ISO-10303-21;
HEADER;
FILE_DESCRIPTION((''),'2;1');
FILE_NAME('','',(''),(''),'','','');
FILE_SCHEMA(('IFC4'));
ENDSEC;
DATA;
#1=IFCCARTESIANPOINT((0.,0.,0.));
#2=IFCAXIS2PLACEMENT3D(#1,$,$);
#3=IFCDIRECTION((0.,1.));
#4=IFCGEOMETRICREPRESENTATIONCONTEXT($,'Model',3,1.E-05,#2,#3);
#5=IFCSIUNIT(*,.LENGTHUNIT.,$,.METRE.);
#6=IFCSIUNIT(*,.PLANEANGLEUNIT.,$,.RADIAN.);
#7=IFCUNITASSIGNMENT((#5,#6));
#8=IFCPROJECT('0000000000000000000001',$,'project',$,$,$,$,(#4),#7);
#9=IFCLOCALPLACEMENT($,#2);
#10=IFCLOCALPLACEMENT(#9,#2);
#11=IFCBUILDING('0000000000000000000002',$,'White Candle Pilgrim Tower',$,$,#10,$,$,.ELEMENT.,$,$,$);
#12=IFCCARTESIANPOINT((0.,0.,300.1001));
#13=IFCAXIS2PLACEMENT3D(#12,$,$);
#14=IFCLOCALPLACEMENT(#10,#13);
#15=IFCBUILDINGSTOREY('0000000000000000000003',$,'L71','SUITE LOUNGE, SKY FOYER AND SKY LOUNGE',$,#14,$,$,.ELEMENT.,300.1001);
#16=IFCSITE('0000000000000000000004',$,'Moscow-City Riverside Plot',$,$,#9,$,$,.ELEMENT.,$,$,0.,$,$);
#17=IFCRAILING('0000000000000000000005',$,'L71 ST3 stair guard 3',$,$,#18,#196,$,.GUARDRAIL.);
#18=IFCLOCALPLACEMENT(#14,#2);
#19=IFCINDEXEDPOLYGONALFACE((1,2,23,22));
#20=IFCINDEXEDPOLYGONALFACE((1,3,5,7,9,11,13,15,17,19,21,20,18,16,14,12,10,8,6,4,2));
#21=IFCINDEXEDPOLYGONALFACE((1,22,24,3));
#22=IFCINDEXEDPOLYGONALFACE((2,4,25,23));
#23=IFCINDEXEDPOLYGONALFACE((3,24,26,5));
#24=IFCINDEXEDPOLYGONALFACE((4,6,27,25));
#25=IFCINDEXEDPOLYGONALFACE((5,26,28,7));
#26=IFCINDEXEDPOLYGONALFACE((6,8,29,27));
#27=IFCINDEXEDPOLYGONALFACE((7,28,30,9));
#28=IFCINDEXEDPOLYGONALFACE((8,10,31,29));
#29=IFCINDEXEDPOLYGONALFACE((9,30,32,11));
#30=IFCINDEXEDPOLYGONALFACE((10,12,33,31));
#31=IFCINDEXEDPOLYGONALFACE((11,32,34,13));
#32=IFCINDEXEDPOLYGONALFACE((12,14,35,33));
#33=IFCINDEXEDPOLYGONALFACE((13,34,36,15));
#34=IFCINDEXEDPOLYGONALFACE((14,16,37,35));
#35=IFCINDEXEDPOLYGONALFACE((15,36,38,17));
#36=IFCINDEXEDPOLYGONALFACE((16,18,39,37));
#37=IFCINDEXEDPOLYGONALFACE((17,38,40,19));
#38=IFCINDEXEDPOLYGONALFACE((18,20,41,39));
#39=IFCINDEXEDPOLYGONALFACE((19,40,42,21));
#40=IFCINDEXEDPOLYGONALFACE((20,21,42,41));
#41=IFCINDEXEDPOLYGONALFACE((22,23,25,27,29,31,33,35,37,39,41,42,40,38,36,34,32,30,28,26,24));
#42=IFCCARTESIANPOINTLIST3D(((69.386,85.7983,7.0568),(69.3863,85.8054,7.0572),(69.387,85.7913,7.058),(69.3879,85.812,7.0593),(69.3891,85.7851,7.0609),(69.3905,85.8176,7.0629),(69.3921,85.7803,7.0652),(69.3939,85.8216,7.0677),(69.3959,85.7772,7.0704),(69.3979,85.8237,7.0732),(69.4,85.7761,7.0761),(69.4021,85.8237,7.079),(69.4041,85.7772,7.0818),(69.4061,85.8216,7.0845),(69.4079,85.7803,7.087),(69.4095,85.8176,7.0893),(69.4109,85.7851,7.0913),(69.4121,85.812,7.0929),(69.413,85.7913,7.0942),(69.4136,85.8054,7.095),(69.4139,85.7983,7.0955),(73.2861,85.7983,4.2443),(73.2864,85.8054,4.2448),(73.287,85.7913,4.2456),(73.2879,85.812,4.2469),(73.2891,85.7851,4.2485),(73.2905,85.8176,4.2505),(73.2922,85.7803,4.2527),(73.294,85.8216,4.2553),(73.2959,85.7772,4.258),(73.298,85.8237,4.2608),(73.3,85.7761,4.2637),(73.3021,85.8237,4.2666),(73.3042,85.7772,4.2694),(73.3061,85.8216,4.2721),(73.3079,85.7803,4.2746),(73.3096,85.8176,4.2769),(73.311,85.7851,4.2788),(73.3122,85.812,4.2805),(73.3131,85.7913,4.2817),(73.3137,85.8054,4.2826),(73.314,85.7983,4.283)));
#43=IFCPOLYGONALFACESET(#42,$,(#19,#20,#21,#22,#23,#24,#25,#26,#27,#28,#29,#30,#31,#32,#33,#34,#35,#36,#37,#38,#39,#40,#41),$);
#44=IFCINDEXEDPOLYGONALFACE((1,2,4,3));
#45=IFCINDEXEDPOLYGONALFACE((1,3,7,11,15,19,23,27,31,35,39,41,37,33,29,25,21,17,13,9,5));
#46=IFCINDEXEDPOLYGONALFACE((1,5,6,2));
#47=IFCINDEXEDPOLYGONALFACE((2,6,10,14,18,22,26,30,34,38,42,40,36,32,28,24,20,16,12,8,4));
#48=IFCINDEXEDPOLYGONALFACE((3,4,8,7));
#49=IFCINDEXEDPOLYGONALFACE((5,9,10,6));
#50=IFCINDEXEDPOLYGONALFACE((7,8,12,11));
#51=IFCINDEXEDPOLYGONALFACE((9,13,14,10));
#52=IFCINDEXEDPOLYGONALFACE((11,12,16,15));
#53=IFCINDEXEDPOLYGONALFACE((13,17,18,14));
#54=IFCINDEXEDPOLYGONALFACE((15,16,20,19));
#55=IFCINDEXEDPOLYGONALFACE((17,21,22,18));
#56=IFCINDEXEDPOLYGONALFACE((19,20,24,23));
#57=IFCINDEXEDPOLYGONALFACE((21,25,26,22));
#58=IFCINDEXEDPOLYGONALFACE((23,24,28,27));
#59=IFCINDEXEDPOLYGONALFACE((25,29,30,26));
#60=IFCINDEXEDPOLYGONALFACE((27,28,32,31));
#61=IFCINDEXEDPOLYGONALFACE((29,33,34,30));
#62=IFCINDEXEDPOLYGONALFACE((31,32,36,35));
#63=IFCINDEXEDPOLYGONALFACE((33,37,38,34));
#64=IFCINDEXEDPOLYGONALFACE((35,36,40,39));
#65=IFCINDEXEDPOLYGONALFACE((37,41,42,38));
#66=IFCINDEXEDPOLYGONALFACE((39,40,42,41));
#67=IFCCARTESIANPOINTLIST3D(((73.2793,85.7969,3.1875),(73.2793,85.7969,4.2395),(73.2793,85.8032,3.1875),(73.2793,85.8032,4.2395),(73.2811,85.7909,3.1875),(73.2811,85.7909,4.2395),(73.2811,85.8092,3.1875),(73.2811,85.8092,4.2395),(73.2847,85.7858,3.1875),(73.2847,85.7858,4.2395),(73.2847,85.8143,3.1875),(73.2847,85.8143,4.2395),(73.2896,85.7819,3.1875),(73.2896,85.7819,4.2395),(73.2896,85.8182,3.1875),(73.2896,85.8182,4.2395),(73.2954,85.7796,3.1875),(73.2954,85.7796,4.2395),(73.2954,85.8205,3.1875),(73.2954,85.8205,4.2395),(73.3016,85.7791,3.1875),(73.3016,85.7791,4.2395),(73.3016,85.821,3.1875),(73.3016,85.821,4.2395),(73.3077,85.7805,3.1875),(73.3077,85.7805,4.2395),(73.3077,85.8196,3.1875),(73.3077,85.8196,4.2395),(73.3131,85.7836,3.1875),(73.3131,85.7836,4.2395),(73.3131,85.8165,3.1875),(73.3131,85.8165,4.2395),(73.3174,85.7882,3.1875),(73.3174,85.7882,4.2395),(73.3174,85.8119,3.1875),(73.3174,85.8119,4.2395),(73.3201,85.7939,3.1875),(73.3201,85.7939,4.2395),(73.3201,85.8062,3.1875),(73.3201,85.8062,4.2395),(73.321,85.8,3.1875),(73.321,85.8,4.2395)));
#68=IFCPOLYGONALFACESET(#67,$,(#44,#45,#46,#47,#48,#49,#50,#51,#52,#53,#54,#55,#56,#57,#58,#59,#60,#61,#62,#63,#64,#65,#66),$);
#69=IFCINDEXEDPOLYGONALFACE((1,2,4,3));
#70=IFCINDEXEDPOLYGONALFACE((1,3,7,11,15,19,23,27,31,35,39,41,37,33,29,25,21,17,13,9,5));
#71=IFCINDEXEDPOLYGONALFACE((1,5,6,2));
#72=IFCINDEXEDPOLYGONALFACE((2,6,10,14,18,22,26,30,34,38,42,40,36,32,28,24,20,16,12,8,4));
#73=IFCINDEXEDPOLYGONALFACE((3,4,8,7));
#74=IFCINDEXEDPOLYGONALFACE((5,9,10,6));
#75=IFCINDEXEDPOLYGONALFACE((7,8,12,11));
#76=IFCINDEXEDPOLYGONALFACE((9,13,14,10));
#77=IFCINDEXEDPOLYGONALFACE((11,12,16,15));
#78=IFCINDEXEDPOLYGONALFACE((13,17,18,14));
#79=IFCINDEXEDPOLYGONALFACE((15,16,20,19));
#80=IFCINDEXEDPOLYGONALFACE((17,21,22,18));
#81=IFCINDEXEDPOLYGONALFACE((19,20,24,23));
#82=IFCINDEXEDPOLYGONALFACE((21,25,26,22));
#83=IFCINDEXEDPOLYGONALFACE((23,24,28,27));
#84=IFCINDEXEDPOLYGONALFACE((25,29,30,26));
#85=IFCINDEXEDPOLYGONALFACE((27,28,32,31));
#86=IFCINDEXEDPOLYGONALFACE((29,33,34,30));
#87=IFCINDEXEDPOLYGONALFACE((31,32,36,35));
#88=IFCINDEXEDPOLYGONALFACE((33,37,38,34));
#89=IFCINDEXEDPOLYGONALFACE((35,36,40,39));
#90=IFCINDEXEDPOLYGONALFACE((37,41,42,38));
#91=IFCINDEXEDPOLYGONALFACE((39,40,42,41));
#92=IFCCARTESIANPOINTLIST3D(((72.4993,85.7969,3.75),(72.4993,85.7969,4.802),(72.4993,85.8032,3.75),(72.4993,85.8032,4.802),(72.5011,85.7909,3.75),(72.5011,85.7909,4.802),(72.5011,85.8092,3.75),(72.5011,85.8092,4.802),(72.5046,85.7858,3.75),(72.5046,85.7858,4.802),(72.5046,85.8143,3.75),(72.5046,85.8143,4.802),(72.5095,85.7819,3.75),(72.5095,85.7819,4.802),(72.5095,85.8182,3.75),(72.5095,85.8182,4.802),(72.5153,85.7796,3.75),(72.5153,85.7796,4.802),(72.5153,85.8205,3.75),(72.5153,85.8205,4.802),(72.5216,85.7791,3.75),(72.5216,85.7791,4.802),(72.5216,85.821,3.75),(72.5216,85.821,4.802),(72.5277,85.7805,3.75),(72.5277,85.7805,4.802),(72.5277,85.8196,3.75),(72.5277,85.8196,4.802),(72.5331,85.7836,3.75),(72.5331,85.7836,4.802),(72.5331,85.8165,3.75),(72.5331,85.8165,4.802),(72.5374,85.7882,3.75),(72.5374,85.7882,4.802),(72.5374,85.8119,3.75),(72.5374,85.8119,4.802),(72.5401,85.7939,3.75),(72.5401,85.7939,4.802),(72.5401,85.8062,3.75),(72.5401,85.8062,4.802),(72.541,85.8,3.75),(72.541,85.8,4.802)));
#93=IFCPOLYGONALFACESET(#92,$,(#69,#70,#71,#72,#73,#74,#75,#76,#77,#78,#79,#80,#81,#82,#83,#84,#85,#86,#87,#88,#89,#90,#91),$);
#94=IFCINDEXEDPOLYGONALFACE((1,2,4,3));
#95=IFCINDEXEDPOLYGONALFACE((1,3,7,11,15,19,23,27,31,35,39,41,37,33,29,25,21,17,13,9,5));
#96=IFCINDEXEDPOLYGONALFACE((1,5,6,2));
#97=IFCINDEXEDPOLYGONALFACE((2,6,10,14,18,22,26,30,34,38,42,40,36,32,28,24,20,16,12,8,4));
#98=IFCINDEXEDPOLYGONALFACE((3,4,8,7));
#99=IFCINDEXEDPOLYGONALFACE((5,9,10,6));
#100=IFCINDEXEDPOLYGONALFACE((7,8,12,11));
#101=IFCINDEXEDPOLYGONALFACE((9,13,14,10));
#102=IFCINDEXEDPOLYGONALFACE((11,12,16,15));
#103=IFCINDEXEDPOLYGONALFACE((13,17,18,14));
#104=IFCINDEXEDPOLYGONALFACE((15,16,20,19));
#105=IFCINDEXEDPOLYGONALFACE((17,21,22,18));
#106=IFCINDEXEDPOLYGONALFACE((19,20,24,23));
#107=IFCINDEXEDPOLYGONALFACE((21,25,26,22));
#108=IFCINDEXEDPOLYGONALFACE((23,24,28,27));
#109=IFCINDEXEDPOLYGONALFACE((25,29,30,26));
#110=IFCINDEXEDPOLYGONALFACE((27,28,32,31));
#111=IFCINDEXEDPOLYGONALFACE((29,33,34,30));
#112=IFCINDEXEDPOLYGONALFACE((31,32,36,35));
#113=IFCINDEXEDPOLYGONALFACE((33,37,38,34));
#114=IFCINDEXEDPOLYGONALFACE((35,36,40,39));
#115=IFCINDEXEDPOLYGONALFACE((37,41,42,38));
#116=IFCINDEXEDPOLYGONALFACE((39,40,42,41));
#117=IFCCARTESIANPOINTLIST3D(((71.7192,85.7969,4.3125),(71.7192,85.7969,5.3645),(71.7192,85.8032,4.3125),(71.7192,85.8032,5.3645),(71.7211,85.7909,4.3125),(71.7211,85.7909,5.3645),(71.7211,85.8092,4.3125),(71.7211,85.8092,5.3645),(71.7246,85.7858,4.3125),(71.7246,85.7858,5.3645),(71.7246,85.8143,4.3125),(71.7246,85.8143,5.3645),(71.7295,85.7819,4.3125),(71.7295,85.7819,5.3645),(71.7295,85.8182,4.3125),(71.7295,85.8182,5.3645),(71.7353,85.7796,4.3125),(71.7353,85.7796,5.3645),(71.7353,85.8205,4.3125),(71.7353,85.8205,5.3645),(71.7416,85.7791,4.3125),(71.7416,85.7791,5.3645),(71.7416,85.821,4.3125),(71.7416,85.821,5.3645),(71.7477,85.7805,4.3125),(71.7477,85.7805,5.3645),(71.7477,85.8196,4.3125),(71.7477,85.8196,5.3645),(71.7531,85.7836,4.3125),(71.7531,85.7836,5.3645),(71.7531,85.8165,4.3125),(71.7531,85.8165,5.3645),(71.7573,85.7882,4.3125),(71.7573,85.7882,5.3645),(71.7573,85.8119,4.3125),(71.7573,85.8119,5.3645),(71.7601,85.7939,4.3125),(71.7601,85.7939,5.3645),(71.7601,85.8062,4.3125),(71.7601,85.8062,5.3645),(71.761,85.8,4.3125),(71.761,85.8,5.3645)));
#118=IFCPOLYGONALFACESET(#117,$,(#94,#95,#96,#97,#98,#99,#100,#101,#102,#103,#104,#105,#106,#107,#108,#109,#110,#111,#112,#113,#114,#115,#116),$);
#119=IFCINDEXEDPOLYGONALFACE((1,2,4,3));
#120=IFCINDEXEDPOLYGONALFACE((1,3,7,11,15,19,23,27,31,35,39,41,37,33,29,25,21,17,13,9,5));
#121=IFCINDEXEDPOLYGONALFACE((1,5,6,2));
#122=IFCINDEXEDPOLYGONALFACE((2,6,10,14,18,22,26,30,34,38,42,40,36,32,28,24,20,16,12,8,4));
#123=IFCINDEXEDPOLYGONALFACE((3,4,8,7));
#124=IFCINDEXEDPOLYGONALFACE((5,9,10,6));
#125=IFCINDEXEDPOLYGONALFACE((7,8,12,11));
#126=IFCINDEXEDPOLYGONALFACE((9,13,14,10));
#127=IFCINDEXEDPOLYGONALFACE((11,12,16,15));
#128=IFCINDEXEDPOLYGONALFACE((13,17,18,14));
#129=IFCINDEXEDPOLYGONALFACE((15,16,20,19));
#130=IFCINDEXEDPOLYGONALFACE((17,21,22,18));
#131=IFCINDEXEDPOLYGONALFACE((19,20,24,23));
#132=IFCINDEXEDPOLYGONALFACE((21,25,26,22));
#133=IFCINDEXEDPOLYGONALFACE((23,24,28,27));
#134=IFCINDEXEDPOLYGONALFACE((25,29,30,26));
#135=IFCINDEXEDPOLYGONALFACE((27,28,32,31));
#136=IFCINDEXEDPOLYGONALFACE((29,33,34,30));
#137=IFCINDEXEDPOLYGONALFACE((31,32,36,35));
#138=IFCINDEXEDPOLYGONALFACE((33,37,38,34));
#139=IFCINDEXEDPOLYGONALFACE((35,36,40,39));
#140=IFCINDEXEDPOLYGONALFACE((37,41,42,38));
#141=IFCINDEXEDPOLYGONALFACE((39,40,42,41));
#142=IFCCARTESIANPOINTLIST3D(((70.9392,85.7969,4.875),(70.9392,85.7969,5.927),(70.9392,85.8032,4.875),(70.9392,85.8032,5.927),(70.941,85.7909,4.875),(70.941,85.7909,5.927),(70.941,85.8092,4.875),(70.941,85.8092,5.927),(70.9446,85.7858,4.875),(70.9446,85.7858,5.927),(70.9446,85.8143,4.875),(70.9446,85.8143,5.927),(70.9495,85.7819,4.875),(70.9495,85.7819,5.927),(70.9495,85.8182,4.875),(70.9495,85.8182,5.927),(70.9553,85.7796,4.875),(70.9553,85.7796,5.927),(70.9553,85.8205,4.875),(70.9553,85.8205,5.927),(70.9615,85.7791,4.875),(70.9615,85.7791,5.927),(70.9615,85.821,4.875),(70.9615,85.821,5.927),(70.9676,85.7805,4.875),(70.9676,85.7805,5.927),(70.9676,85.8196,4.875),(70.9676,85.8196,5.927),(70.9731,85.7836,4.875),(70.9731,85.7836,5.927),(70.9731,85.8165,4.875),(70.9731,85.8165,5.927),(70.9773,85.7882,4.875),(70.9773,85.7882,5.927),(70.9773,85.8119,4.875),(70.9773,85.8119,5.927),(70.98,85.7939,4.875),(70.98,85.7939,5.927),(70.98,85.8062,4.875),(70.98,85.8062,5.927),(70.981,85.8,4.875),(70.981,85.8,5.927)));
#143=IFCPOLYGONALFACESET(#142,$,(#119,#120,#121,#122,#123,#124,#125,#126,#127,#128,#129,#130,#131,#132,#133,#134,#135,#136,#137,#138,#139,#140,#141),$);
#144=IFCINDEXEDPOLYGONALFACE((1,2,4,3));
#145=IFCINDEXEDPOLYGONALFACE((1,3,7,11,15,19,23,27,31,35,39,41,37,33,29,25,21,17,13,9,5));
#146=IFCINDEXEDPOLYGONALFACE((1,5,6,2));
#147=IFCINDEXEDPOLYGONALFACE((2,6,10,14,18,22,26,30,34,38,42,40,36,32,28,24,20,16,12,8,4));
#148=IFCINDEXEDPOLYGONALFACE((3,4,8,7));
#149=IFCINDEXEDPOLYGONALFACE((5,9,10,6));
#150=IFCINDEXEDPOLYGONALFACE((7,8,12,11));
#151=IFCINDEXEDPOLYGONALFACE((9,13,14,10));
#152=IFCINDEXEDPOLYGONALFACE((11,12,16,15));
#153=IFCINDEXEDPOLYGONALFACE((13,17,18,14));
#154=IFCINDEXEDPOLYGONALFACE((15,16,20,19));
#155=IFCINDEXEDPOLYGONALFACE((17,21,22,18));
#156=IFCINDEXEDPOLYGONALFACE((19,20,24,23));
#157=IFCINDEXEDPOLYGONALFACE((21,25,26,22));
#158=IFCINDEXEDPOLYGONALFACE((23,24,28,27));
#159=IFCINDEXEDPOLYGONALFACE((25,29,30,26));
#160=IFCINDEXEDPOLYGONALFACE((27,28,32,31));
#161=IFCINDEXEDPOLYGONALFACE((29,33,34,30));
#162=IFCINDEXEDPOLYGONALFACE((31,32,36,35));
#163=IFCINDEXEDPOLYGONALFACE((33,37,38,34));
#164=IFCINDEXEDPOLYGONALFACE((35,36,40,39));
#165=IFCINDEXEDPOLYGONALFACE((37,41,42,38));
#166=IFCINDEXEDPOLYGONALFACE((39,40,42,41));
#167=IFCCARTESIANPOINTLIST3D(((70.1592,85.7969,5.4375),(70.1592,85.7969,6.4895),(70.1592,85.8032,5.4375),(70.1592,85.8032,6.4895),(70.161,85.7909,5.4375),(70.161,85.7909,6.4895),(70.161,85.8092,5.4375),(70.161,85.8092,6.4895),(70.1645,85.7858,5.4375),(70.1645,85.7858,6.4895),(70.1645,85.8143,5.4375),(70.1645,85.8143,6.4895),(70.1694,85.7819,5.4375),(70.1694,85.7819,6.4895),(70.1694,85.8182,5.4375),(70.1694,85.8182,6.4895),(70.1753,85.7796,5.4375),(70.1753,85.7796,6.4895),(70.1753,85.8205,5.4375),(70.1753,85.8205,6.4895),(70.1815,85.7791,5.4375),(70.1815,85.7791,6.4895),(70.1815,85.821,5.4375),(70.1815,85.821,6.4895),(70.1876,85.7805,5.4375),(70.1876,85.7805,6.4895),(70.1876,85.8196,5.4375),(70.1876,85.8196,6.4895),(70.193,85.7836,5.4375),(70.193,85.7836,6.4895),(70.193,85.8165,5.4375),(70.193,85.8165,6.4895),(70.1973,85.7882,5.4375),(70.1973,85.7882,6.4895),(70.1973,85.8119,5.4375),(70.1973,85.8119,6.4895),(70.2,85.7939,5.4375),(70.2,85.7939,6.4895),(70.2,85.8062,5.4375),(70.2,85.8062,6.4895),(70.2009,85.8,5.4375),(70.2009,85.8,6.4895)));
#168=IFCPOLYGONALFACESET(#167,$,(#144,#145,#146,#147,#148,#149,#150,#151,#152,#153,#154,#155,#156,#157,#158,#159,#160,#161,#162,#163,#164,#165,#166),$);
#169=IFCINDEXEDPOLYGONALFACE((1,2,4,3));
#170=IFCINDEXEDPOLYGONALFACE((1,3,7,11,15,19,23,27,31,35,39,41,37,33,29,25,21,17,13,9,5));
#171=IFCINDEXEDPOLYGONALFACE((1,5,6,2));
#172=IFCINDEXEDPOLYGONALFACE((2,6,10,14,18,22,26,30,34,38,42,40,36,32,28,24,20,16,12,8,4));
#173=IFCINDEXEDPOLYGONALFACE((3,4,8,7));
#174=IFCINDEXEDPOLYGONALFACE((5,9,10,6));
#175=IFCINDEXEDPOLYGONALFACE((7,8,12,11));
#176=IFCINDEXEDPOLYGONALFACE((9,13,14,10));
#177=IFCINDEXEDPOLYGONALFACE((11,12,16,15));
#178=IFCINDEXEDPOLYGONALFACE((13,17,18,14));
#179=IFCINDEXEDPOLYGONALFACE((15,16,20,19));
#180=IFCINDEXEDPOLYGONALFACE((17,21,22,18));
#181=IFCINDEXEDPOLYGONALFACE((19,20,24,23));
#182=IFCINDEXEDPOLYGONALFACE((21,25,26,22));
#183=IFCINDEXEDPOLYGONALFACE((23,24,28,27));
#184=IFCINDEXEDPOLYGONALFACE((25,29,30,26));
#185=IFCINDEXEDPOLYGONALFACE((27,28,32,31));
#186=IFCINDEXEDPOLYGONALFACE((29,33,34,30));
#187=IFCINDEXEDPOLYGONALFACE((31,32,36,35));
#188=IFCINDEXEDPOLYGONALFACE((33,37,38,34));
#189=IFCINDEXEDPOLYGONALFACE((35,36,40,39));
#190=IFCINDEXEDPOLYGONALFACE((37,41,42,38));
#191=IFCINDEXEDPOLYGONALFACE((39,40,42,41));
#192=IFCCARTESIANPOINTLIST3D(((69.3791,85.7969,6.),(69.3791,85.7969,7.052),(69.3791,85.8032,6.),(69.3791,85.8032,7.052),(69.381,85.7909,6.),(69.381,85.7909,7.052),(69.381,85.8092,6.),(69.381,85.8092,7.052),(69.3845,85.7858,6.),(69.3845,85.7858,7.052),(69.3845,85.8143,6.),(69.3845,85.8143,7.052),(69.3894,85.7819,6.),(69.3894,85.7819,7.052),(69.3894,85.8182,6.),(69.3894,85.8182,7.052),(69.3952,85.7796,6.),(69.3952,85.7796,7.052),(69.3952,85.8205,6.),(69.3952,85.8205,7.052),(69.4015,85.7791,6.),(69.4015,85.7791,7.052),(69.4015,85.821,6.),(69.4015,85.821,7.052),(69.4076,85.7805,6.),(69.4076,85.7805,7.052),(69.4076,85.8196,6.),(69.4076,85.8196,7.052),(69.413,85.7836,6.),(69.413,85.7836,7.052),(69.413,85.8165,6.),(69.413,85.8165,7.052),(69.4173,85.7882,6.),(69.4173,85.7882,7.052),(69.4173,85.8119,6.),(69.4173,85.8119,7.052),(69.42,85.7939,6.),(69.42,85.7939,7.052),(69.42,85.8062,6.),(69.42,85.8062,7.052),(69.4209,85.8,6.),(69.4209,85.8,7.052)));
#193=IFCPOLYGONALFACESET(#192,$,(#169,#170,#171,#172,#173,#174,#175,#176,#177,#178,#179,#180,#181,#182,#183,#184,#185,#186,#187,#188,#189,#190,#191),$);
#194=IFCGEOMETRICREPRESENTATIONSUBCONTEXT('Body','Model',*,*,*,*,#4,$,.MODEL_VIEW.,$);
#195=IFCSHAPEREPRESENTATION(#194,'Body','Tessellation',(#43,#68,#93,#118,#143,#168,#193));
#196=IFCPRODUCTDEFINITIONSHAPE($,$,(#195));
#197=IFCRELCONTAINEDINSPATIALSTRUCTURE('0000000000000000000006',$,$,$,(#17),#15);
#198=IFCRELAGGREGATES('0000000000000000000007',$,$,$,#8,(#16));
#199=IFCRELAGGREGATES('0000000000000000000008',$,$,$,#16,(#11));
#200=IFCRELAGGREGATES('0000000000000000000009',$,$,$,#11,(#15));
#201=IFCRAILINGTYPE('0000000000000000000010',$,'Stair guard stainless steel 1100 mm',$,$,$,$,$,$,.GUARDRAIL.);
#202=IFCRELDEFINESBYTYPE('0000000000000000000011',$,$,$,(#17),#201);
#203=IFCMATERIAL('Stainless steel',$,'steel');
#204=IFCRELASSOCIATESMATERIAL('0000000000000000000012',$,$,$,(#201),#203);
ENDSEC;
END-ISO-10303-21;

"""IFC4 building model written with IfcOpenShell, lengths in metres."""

from ifc_helpers import new_model, si_unit, direction, frame, origin, origin_2d, place, context, subcontext, project, spatial, circle, extrude, material, type_object, element, save


model = new_model("IFC4")

# Units and contexts
model_context = context("Model", 3, precision=1e-05, world=origin(), true_north=direction((0.0, 1.0)))
body_context = subcontext(model_context, "Body", "Model", "MODEL_VIEW")
ifc_project = project(units=[si_unit("LENGTHUNIT", "METRE"), si_unit("PLANEANGLEUNIT", "RADIAN")], contexts=[model_context])

# Site, building, storey
site_placement = place(None, origin())
site = spatial("IfcSite", under=ifc_project, at=site_placement, Name="Moscow-City Riverside Plot", CompositionType="ELEMENT", RefElevation=0.0)
building_placement = place(site_placement, origin())
building = spatial("IfcBuilding", under=site, at=building_placement, Name="White Candle Pilgrim Tower", CompositionType="ELEMENT")
storey_placement = place(building_placement, frame((0.0, 0.0, 300.1001)))
storey = spatial("IfcBuildingStorey", under=building, at=storey_placement, Name="L71", Description="SUITE LOUNGE, SKY FOYER AND SKY LOUNGE", CompositionType="ELEMENT", Elevation=300.1001)

# Railing
ifc_material_1 = material(Name="Stainless steel", Category="steel")
railing_type_1 = type_object("IfcRailingType", Name="Stair guard stainless steel 1100 mm", PredefinedType="GUARDRAIL", material=ifc_material_1)
railing_1_placement = place(storey_placement, frame((73.3, 85.8, 3.1875)))
element("IfcRailing", 1, at=railing_1_placement, inside=storey, type_object=railing_type_1, Name="L71 ST3 stair guard 3", PredefinedType="GUARDRAIL", context=body_context, shape_type="SweptSolid", body=[
    extrude(circle(Radius=0.0239, at=origin_2d()), frame((0.0, 0.0, 1.0762), z_axis=(-0.811101, 0.0, 0.584906), x_axis=(0.0, -1.0, 0.0)), (0.0, 0.0, 1.0), 4.8083),
    extrude(circle(Radius=0.021, at=origin_2d()), origin(), (0.0, 0.0, 1.0), 1.052),
    extrude(circle(Radius=0.021, at=origin_2d()), frame((-0.78, 0.0, 0.5625)), (0.0, 0.0, 1.0), 1.052),
    extrude(circle(Radius=0.021, at=origin_2d()), frame((-1.5601, 0.0, 1.125)), (0.0, 0.0, 1.0), 1.052),
    extrude(circle(Radius=0.021, at=origin_2d()), frame((-2.3401, 0.0, 1.6875)), (0.0, 0.0, 1.0), 1.052),
    extrude(circle(Radius=0.021, at=origin_2d()), frame((-3.1201, 0.0, 2.25)), (0.0, 0.0, 1.0), 1.052),
    extrude(circle(Radius=0.021, at=origin_2d()), frame((-3.9001, 0.0, 2.8125)), (0.0, 0.0, 1.0), 1.052),
])

save(model, "model.ifc")
